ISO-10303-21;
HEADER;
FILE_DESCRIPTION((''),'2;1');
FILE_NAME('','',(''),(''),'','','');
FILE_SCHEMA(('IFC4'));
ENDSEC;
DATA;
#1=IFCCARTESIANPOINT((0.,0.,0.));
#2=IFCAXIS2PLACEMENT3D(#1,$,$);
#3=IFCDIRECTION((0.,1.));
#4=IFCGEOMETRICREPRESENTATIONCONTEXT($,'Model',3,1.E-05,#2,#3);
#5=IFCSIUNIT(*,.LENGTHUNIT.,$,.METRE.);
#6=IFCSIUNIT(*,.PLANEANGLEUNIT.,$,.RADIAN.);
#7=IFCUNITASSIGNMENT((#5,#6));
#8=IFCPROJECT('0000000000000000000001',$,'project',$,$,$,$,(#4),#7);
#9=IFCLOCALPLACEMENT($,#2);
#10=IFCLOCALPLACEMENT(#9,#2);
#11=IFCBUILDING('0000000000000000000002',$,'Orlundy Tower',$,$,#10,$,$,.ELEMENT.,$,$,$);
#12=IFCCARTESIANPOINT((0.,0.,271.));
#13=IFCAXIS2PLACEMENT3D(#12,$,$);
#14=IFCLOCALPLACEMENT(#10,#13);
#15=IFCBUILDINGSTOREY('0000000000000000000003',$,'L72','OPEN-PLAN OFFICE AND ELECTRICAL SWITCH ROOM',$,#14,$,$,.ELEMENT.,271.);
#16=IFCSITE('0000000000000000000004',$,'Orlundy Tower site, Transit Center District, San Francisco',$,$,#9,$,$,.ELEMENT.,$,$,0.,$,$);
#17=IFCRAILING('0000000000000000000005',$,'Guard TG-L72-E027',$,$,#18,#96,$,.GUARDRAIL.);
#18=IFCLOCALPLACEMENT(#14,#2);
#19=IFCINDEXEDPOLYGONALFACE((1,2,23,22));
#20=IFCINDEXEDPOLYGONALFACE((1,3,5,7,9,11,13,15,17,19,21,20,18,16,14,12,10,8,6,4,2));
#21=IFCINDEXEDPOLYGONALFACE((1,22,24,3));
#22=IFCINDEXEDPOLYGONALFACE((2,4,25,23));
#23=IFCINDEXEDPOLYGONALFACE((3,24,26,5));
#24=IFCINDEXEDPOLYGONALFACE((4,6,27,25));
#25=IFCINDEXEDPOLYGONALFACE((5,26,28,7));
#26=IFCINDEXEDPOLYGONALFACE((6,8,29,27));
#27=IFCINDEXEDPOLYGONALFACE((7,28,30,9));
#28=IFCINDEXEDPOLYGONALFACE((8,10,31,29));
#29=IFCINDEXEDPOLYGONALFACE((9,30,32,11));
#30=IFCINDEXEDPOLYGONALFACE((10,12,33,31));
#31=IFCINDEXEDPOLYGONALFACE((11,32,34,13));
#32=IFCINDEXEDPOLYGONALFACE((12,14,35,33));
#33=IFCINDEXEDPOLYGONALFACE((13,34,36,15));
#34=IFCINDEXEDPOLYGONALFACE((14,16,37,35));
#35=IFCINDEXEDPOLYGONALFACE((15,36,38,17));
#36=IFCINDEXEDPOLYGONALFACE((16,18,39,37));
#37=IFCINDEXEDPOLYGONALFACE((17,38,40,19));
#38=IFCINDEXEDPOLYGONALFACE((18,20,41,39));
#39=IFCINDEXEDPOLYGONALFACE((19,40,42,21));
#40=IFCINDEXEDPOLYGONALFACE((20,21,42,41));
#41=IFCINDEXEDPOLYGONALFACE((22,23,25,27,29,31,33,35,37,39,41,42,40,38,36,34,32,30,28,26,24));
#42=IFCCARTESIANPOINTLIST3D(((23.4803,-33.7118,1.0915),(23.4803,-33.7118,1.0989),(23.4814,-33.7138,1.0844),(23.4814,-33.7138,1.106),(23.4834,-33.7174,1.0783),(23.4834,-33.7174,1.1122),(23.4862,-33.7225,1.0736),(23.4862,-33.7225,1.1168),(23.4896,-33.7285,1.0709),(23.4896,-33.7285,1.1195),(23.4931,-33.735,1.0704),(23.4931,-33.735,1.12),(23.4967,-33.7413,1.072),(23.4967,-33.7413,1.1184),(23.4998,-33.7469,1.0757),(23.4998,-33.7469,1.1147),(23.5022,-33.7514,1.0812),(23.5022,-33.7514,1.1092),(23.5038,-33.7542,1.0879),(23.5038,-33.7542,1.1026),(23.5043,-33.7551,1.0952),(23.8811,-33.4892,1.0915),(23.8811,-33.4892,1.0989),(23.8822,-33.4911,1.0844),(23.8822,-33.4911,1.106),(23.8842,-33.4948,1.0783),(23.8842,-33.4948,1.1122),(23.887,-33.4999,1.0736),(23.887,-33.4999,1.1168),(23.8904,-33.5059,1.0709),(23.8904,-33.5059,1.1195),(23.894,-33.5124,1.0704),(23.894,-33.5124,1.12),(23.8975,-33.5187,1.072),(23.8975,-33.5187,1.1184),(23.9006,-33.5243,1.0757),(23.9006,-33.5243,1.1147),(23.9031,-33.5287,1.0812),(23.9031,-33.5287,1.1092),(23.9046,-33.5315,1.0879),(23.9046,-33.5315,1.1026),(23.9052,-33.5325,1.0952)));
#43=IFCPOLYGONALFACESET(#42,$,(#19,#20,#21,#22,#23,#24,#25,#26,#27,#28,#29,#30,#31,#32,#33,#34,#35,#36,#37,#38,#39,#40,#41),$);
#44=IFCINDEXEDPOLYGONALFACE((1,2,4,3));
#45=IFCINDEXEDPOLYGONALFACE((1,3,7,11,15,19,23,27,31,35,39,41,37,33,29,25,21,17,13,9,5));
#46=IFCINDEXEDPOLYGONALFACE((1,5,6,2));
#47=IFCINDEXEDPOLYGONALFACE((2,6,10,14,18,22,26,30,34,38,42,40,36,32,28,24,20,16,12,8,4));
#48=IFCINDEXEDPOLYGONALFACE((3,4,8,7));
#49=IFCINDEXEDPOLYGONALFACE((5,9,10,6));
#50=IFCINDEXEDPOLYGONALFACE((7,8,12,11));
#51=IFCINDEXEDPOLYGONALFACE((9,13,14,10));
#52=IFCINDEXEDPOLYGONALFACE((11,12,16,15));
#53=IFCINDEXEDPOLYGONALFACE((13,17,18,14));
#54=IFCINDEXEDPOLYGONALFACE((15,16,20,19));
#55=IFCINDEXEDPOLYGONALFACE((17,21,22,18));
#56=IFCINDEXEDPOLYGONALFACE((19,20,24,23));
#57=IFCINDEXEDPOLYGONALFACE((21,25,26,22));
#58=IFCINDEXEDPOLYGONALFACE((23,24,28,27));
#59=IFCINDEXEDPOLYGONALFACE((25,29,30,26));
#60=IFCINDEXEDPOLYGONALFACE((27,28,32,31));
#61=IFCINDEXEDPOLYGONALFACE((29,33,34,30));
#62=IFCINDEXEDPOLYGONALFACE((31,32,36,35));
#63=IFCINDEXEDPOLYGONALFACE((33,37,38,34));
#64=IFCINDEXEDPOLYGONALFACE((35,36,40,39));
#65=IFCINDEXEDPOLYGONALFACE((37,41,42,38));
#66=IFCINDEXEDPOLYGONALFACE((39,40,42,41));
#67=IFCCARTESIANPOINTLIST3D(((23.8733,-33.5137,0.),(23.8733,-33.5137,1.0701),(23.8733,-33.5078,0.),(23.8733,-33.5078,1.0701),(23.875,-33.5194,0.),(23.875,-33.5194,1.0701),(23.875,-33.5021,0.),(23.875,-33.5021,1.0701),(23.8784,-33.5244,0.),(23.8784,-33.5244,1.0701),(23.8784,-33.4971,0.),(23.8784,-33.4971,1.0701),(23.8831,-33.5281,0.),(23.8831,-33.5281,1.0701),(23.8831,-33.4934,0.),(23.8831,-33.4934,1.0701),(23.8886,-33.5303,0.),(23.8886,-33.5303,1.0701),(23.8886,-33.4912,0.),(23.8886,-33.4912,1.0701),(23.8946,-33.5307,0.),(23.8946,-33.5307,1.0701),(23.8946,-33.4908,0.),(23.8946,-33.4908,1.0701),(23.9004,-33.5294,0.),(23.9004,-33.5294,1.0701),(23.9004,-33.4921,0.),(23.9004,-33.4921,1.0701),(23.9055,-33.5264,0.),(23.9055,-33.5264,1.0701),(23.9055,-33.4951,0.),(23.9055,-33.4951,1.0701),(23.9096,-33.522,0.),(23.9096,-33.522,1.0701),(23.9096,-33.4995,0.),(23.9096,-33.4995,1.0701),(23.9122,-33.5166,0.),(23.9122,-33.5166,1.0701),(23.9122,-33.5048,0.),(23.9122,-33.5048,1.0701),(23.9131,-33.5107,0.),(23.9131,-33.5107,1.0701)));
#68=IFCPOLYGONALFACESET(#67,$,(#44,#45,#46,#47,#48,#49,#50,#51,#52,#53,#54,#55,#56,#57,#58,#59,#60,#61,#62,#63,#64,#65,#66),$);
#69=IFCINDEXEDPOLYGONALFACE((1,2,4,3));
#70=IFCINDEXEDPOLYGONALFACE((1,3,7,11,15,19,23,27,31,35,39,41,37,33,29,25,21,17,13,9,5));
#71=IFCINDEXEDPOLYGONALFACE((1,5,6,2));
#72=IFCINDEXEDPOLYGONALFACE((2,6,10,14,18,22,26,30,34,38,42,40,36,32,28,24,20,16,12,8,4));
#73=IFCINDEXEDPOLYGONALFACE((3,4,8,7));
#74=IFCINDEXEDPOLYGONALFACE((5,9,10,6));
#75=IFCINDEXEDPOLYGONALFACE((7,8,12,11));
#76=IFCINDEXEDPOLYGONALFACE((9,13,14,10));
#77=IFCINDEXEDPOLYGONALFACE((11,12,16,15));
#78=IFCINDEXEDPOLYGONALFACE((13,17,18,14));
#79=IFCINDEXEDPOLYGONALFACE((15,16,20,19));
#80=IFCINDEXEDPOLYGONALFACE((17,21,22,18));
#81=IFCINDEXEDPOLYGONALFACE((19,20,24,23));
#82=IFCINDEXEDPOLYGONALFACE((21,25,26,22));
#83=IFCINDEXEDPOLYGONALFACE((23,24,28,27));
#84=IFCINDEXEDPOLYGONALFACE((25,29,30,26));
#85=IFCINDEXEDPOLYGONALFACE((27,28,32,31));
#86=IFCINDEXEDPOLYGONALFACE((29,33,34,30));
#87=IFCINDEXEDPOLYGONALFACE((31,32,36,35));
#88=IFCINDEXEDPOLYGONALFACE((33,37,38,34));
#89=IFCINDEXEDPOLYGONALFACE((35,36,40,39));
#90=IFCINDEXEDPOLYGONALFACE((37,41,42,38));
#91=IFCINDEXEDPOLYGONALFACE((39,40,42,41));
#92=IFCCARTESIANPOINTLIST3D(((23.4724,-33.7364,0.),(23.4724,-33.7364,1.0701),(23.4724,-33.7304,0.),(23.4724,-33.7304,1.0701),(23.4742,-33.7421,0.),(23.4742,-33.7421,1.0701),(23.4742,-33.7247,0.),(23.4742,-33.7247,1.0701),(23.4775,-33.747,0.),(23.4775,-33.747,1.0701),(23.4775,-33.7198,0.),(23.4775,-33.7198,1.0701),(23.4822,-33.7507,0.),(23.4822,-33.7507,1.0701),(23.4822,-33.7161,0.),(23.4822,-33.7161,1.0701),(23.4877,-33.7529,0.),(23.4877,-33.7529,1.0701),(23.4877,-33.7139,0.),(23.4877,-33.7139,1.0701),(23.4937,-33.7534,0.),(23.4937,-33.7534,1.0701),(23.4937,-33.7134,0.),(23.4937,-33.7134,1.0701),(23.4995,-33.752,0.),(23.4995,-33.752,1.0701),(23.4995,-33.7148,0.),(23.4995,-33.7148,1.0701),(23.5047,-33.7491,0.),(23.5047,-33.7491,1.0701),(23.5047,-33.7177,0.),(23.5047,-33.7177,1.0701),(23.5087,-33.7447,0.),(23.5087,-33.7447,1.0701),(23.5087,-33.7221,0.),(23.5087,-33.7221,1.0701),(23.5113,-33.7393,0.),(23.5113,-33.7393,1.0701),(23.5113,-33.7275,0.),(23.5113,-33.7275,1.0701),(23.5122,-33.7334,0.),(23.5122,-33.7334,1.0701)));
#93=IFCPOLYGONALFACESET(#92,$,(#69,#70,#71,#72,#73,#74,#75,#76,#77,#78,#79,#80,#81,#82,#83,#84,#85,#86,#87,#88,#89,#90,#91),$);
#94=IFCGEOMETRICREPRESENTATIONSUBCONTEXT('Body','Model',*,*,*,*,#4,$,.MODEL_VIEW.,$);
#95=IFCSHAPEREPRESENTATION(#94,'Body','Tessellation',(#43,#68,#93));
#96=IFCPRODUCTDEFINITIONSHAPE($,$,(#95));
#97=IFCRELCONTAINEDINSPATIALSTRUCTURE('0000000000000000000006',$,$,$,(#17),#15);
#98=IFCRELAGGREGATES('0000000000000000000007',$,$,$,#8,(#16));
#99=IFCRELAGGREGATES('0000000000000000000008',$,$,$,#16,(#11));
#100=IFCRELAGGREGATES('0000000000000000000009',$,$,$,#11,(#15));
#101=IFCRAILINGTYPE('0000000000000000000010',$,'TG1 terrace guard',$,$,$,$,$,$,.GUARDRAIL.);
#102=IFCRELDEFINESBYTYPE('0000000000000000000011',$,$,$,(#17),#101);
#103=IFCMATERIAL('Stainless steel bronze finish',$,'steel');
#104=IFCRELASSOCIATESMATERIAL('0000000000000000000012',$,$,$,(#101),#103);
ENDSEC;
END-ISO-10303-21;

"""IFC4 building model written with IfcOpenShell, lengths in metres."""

from ifc_helpers import new_model, si_unit, direction, frame, origin, origin_2d, place, context, subcontext, project, spatial, circle, extrude, material, type_object, element, save


model = new_model("IFC4")

# Units and contexts
model_context = context("Model", 3, precision=1e-05, world=origin(), true_north=direction((0.0, 1.0)))
body_context = subcontext(model_context, "Body", "Model", "MODEL_VIEW")
ifc_project = project(units=[si_unit("LENGTHUNIT", "METRE"), si_unit("PLANEANGLEUNIT", "RADIAN")], contexts=[model_context])

# Site, building, storey
site_placement = place(None, origin())
site = spatial("IfcSite", under=ifc_project, at=site_placement, Name="Orlundy Tower site, Transit Center District, San Francisco", CompositionType="ELEMENT", RefElevation=0.0)
building_placement = place(site_placement, origin())
building = spatial("IfcBuilding", under=site, at=building_placement, Name="Orlundy Tower", CompositionType="ELEMENT")
storey_placement = place(building_placement, frame((0.0, 0.0, 271.0)))
storey = spatial("IfcBuildingStorey", under=building, at=storey_placement, Name="L72", Description="OPEN-PLAN OFFICE AND ELECTRICAL SWITCH ROOM", CompositionType="ELEMENT", Elevation=271.0)

# Railing
ifc_material_1 = material(Name="Stainless steel bronze finish", Category="steel")
railing_type_1 = type_object("IfcRailingType", Name="TG1 terrace guard", PredefinedType="GUARDRAIL", material=ifc_material_1)
railing_1_placement = place(storey_placement, frame((23.8931, -33.5107, 0.0)))
element("IfcRailing", 1, at=railing_1_placement, inside=storey, type_object=railing_type_1, Name="Guard TG-L72-E027", PredefinedType="GUARDRAIL", context=body_context, shape_type="SweptSolid", body=[
    extrude(circle(Radius=0.0249, at=origin_2d()), frame((0.0, 0.0, 1.0952), z_axis=(-0.874207, -0.485553, 0.0), x_axis=(0.485553, -0.874207, 0.0)), (0.0, 0.0, 1.0), 0.4585),
    extrude(circle(Radius=0.02, at=origin_2d()), origin(), (0.0, 0.0, 1.0), 1.0701),
    extrude(circle(Radius=0.02, at=origin_2d()), frame((-0.4009, -0.2227, 0.0)), (0.0, 0.0, 1.0), 1.0701),
])

save(model, "model.ifc")
